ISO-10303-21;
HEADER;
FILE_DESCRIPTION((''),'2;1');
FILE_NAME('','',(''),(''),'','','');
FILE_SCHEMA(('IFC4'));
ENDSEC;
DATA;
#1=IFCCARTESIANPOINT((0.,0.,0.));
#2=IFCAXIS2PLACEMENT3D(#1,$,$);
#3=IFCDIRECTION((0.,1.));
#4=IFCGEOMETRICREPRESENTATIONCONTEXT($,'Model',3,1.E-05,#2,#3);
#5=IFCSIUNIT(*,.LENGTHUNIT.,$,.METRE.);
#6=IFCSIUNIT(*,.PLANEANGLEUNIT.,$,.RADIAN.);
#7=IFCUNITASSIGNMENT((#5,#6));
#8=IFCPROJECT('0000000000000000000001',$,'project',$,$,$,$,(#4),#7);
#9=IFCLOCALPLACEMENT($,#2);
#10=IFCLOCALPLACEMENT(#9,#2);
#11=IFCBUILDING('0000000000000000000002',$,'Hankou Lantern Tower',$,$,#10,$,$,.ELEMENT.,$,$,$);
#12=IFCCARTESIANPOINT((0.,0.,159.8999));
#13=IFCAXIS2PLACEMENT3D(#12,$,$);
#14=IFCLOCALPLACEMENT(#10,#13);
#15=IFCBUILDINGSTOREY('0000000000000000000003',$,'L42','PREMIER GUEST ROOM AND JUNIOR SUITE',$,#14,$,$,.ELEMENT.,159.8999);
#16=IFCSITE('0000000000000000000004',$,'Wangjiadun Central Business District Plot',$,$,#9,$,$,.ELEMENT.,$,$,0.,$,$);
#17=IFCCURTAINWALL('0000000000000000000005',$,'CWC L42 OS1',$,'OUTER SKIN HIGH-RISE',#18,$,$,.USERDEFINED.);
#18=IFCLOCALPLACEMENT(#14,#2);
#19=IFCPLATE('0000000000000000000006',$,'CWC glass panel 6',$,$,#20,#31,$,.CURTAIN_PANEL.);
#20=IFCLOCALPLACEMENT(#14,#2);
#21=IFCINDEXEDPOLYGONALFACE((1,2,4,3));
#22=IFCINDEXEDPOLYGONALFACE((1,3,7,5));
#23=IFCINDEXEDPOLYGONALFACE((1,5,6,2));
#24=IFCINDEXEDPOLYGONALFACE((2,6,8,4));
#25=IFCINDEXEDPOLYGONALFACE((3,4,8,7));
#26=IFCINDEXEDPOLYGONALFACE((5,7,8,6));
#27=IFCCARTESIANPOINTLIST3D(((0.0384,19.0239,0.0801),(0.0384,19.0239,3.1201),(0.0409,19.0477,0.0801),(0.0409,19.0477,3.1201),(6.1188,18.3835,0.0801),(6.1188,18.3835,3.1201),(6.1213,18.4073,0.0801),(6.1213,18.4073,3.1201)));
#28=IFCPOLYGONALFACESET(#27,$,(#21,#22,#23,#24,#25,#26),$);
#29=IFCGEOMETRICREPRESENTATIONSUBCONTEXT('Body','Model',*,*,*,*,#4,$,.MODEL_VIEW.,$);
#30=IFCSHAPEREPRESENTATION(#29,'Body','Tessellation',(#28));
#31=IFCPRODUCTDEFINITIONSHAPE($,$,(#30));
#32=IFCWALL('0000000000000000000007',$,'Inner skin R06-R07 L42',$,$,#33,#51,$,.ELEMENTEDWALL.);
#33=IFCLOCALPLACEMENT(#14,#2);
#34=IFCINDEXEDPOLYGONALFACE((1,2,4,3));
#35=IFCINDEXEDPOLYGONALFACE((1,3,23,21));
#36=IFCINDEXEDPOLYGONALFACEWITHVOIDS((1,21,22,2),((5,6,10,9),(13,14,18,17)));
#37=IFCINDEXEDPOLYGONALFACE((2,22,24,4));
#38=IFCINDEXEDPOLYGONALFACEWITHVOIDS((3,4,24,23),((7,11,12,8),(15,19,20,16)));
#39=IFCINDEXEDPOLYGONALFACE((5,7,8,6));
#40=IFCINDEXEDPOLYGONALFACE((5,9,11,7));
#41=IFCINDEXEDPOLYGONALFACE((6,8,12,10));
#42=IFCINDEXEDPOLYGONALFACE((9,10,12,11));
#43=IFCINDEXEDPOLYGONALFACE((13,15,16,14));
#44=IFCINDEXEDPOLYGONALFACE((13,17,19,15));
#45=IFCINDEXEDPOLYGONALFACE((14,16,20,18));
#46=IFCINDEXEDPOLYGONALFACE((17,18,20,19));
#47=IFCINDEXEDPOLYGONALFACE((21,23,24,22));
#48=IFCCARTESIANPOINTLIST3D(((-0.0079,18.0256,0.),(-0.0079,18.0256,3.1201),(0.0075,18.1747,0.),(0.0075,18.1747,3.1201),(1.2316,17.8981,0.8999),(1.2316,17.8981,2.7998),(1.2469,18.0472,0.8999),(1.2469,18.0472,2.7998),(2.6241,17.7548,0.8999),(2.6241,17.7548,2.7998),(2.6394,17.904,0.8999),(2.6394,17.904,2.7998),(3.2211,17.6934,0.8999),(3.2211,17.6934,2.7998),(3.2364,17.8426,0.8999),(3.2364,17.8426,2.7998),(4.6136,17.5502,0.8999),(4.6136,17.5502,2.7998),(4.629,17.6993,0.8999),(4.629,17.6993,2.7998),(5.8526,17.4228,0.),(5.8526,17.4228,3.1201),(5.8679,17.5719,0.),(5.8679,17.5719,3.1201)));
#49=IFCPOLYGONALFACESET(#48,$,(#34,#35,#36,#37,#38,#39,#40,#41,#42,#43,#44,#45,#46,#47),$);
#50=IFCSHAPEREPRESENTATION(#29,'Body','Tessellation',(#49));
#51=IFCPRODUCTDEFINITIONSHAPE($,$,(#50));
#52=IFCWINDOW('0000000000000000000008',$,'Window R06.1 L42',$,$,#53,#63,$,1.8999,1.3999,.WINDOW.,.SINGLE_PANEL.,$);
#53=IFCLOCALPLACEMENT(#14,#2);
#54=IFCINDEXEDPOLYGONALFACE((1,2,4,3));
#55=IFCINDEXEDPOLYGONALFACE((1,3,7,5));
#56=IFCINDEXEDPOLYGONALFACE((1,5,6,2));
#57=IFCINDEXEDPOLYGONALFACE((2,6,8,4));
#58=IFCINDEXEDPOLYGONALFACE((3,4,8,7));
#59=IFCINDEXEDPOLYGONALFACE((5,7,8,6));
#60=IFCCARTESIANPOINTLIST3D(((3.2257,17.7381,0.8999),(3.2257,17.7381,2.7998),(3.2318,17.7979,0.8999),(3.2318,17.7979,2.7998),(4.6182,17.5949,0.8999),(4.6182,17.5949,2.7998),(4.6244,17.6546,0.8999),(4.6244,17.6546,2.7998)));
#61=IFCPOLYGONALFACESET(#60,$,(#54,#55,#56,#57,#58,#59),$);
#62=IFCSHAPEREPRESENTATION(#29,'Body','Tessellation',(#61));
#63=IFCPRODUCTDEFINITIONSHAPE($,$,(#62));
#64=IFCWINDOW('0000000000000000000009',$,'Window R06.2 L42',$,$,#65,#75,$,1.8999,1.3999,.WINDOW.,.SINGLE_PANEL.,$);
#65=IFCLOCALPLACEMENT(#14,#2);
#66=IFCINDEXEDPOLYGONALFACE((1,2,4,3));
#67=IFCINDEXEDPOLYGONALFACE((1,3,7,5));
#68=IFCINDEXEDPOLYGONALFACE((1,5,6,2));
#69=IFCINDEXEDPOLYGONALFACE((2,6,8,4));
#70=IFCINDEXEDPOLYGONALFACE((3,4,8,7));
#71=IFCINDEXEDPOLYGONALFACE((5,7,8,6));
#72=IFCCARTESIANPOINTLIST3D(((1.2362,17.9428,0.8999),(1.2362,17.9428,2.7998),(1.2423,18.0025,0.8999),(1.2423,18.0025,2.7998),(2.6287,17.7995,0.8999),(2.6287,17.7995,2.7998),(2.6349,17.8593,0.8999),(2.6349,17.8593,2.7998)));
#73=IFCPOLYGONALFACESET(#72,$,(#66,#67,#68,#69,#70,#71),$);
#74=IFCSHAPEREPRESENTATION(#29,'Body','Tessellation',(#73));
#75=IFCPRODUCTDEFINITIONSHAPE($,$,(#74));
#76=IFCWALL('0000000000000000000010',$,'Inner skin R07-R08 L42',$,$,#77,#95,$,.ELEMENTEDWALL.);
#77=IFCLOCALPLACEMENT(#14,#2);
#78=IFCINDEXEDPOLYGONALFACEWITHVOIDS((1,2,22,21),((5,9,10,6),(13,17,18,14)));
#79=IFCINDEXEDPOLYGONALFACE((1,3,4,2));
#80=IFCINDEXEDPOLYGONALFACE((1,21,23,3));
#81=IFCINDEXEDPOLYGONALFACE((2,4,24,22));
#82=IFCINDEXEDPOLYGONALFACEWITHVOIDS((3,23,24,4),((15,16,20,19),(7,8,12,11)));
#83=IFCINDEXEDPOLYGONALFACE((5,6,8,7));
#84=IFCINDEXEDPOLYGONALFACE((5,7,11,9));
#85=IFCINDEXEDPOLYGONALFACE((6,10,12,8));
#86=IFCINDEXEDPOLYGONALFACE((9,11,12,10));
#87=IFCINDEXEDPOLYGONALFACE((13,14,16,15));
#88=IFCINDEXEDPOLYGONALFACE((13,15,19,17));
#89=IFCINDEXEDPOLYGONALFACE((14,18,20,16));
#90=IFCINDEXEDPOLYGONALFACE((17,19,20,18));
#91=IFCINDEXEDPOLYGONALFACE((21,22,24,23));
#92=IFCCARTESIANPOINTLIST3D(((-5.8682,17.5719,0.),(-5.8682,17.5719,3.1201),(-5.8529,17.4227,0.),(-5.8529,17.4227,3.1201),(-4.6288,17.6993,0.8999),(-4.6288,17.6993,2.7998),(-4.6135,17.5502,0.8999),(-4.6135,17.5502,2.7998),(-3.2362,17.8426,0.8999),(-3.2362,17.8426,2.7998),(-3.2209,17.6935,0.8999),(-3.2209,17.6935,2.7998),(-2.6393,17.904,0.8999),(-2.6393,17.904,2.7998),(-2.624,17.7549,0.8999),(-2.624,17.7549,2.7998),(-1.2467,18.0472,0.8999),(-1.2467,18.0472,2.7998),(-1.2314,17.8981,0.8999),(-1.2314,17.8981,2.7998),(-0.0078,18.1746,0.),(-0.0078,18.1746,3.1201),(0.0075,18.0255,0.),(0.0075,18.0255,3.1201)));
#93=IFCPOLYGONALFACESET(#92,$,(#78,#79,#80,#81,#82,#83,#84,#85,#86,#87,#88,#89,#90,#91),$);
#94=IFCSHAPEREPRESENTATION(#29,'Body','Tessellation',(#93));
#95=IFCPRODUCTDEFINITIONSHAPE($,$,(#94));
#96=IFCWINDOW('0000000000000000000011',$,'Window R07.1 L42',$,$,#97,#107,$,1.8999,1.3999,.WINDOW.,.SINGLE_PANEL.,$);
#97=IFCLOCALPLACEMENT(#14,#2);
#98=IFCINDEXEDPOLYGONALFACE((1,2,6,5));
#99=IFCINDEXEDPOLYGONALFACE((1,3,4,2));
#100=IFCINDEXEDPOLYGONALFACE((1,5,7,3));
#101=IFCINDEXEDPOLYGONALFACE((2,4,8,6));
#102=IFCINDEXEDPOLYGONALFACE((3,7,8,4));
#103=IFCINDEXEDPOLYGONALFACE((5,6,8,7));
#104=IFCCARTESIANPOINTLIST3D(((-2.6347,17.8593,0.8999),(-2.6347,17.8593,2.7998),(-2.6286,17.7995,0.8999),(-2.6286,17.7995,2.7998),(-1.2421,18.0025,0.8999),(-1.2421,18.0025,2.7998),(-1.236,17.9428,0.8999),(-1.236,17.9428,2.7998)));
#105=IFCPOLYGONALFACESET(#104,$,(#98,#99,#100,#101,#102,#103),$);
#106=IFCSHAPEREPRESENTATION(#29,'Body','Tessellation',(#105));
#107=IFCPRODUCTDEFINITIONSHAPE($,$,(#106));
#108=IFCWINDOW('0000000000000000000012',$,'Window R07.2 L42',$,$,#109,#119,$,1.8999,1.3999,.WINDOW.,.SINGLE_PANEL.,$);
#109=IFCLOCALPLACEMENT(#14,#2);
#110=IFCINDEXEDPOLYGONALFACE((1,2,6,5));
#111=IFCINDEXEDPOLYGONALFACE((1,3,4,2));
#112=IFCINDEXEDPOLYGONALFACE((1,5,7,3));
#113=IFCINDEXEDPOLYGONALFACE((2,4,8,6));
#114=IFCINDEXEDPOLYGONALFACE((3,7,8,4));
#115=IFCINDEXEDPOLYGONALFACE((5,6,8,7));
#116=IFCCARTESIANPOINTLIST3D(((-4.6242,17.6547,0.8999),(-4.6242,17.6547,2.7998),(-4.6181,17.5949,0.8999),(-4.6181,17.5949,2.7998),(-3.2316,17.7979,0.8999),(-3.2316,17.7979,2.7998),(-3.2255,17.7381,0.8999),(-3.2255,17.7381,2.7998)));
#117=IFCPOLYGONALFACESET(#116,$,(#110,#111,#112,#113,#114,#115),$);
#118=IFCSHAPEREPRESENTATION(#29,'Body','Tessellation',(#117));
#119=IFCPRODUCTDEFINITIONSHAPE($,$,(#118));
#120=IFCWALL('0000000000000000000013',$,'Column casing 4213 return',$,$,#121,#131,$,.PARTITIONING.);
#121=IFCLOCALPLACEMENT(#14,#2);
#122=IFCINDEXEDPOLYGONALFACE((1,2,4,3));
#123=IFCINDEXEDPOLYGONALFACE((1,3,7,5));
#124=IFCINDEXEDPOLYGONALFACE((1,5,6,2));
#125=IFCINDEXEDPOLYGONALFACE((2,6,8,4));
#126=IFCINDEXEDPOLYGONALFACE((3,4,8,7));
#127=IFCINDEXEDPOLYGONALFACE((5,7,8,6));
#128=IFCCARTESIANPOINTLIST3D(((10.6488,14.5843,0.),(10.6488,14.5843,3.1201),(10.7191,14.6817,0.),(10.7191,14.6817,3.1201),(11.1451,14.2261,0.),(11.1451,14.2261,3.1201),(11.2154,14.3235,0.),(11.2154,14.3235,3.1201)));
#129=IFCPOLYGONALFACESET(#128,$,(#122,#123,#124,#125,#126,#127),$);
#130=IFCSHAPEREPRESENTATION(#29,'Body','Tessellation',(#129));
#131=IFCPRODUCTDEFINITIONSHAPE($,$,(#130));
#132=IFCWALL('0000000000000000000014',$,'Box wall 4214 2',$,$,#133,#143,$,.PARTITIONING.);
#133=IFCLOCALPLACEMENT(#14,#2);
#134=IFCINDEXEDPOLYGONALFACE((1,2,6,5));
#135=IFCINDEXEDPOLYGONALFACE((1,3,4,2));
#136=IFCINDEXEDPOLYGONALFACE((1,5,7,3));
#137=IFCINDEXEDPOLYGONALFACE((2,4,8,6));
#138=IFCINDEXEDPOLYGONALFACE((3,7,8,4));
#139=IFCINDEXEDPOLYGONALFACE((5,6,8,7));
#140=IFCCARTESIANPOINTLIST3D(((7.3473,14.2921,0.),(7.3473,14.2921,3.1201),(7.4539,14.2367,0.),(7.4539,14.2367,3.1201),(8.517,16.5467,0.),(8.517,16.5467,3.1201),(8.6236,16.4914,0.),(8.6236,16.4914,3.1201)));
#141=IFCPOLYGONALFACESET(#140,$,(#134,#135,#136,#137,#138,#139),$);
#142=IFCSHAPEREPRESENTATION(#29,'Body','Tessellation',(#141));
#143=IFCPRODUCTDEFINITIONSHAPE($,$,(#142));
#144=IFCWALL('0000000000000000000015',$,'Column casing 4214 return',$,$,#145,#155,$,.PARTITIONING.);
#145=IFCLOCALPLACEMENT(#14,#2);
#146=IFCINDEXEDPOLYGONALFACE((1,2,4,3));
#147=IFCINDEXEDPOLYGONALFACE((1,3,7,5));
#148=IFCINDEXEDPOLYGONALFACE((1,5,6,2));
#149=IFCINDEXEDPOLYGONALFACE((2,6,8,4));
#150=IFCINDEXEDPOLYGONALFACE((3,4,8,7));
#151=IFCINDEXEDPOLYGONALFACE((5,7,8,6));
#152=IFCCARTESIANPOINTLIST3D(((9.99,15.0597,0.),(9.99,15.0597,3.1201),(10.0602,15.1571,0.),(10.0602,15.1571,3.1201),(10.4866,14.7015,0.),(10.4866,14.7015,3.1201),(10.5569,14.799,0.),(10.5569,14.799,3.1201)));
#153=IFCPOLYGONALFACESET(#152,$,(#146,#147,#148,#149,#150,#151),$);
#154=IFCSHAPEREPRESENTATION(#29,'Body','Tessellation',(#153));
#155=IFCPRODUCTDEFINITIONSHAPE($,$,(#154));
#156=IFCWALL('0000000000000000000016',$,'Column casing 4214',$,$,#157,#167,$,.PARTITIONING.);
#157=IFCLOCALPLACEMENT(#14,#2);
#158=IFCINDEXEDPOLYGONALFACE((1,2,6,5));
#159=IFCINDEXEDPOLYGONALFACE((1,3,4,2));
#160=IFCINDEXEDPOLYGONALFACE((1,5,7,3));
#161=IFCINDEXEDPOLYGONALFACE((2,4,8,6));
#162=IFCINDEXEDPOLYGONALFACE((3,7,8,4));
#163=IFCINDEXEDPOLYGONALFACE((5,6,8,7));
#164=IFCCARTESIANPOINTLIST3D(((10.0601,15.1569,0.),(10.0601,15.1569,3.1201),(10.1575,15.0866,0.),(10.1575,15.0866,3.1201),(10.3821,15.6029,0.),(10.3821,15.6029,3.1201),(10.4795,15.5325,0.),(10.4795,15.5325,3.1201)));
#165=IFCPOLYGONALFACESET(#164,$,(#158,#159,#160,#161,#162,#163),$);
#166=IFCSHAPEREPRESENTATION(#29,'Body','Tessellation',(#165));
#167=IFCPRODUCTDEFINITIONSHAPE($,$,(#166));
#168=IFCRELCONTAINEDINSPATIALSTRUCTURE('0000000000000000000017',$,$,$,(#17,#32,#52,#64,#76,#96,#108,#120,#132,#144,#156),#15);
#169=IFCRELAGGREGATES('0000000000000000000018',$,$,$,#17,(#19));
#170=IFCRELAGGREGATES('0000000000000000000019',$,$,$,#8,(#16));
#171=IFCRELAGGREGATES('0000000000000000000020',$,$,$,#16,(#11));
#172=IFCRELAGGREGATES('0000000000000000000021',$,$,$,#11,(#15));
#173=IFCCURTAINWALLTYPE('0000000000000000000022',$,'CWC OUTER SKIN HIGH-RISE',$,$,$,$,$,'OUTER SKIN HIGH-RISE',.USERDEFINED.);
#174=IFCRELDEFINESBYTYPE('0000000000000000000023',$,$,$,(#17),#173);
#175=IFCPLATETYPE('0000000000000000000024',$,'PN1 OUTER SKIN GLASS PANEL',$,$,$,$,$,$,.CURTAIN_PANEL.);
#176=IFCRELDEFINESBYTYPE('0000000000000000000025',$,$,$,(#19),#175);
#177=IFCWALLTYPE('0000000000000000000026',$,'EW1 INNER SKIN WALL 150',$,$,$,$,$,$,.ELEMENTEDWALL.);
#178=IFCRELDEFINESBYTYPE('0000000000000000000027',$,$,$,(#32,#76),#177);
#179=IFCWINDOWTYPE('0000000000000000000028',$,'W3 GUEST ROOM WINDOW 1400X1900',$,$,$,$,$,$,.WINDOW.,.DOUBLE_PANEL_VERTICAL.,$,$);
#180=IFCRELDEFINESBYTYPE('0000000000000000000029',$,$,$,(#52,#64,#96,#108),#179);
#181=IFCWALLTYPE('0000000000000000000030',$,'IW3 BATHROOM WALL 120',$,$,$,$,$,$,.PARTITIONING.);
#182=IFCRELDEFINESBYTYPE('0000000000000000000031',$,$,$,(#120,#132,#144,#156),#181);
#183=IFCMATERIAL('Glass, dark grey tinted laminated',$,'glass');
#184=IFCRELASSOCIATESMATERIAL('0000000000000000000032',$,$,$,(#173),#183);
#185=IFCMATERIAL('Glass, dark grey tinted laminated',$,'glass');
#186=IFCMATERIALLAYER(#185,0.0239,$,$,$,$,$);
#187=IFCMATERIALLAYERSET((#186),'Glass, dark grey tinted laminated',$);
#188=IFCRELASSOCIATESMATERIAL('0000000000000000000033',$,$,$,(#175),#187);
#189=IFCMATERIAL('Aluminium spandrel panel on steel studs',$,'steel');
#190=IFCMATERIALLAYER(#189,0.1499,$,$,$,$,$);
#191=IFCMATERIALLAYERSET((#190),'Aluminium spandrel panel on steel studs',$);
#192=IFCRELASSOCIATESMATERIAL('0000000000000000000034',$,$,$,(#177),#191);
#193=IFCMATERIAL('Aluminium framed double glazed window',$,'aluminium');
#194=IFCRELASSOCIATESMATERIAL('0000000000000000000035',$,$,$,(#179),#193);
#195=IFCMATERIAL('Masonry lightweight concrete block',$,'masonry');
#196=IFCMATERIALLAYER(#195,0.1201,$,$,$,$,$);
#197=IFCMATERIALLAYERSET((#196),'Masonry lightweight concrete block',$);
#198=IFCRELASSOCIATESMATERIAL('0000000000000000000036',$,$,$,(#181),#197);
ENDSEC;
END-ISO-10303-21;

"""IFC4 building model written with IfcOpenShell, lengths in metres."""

from ifc_helpers import new_model, si_unit, direction, frame, frame_2d, origin, origin_2d, place, context, subcontext, project, spatial, rectangle, extrude, material, layer, layer_set, type_object, element, fill, aggregate, save


model = new_model("IFC4")

# Units and contexts
model_context = context("Model", 3, precision=1e-05, world=origin(), true_north=direction((0.0, 1.0)))
body_context = subcontext(model_context, "Body", "Model", "MODEL_VIEW")
ifc_project = project(units=[si_unit("LENGTHUNIT", "METRE"), si_unit("PLANEANGLEUNIT", "RADIAN")], contexts=[model_context])

# Site, building, storey
site_placement = place(None, origin())
site = spatial("IfcSite", under=ifc_project, at=site_placement, Name="Wangjiadun Central Business District Plot", CompositionType="ELEMENT", RefElevation=0.0)
building_placement = place(site_placement, origin())
building = spatial("IfcBuilding", under=site, at=building_placement, Name="Hankou Lantern Tower", CompositionType="ELEMENT")
storey_placement = place(building_placement, frame((0.0, 0.0, 159.8999)))
storey = spatial("IfcBuildingStorey", under=building, at=storey_placement, Name="L42", Description="PREMIER GUEST ROOM AND JUNIOR SUITE", CompositionType="ELEMENT", Elevation=159.8999)

# Curtain wall
ifc_material_1 = material(Name="Glass, dark grey tinted laminated", Category="glass")
curtain_wall_type = type_object("IfcCurtainWallType", Name="CWC OUTER SKIN HIGH-RISE", ElementType="OUTER SKIN HIGH-RISE", PredefinedType="USERDEFINED", material=ifc_material_1)
curtain_wall_1_placement = place(storey_placement, origin())
curtain_wall_1 = element("IfcCurtainWall", 1, at=curtain_wall_1_placement, inside=storey, type_object=curtain_wall_type, Name="CWC L42 OS1", ObjectType="OUTER SKIN HIGH-RISE", PredefinedType="USERDEFINED")

# Plate
ifc_material_2 = material(Name="Glass, dark grey tinted laminated", Category="glass")
ifc_layer_1 = layer(ifc_material_2, 0.0239)
ifc_layer_set_1 = layer_set([ifc_layer_1], Name="Glass, dark grey tinted laminated")
plate_type = type_object("IfcPlateType", Name="PN1 OUTER SKIN GLASS PANEL", PredefinedType="CURTAIN_PANEL", material=ifc_layer_set_1)
plate_1_placement = place(storey_placement, frame((3.0798, 18.7156, 0.0801), z_axis=(0.0, 0.0, 1.0), x_axis=(-0.994499, 0.104743, 0.0)))
plate_1 = element("IfcPlate", 2, at=plate_1_placement, type_object=plate_type, Name="CWC glass panel 6", PredefinedType="CURTAIN_PANEL", context=body_context, shape_type="SweptSolid", body=[
    extrude(rectangle(XDim=6.114, YDim=0.0239, at=origin_2d()), origin(), (0.0, 0.0, 1.0), 3.04),
])
aggregate(curtain_wall_1, [plate_1])

# Walls, openings, windows
ifc_material_3 = material(Name="Aluminium spandrel panel on steel studs", Category="steel")
ifc_layer_2 = layer(ifc_material_3, 0.1499)
ifc_layer_set_2 = layer_set([ifc_layer_2], Name="Aluminium spandrel panel on steel studs")
wall_type_1 = type_object("IfcWallType", Name="EW1 INNER SKIN WALL 150", PredefinedType="ELEMENTEDWALL", material=ifc_layer_set_2)
wall_1_placement = place(storey_placement, frame((5.8604, 17.4973, 0.0), z_axis=(0.0, 0.0, 1.0), x_axis=(-0.994752, 0.102318, 0.0)))
wall_1 = element("IfcWall", 3, at=wall_1_placement, inside=storey, type_object=wall_type_1, Name="Inner skin R06-R07 L42", PredefinedType="ELEMENTEDWALL", context=body_context, shape_type="SweptSolid", body=[
    extrude(rectangle(XDim=5.8914, YDim=0.1499, at=frame_2d((2.9458, 0.0))), origin(), (0.0, 0.0, 1.0), 3.1201),
])
opening_1_placement = place(wall_1_placement, frame((1.2456, 0.0, 0.8999)))
opening_1 = element("IfcOpeningElement", 4, at=opening_1_placement, cuts=wall_1, PredefinedType="OPENING", context=body_context, shape_type="SweptSolid", body=[
    extrude(rectangle(XDim=1.3999, YDim=1.8999, at=frame_2d((0.7, 0.95))), frame((0.0, 0.085, 0.0), z_axis=(0.0, -1.0, 0.0), x_axis=(1.0, 0.0, 0.0)), (0.0, 0.0, 1.0), 0.1699),
])
opening_2_placement = place(wall_1_placement, frame((3.2456, 0.0, 0.8999)))
opening_2 = element("IfcOpeningElement", 5, at=opening_2_placement, cuts=wall_1, PredefinedType="OPENING", context=body_context, shape_type="SweptSolid", body=[
    extrude(rectangle(XDim=1.3999, YDim=1.8999, at=frame_2d((0.7, 0.95))), frame((0.0, 0.085, 0.0), z_axis=(0.0, -1.0, 0.0), x_axis=(1.0, 0.0, 0.0)), (0.0, 0.0, 1.0), 0.1699),
])
ifc_material_4 = material(Name="Aluminium framed double glazed window", Category="aluminium")
window_type = type_object("IfcWindowType", Name="W3 GUEST ROOM WINDOW 1400X1900", PartitioningType="DOUBLE_PANEL_VERTICAL", PredefinedType="WINDOW", material=ifc_material_4)
window_1_placement = place(opening_1_placement, origin())
window_1 = element("IfcWindow", 6, at=window_1_placement, inside=storey, type_object=window_type, Name="Window R06.1 L42", OverallHeight=1.8999, OverallWidth=1.3999, PartitioningType="SINGLE_PANEL", PredefinedType="WINDOW", context=body_context, shape_type="SweptSolid", body=[
    extrude(rectangle(XDim=1.3999, YDim=1.8999, at=frame_2d((0.7, 0.95))), frame((0.0, 0.03, 0.0), z_axis=(0.0, -1.0, 0.0), x_axis=(1.0, 0.0, 0.0)), (0.0, 0.0, 1.0), 0.0601),
])
fill(opening_1, window_1)
window_2_placement = place(opening_2_placement, origin())
window_2 = element("IfcWindow", 7, at=window_2_placement, inside=storey, type_object=window_type, Name="Window R06.2 L42", OverallHeight=1.8999, OverallWidth=1.3999, PartitioningType="SINGLE_PANEL", PredefinedType="WINDOW", context=body_context, shape_type="SweptSolid", body=[
    extrude(rectangle(XDim=1.3999, YDim=1.8999, at=frame_2d((0.7, 0.95))), frame((0.0, 0.03, 0.0), z_axis=(0.0, -1.0, 0.0), x_axis=(1.0, 0.0, 0.0)), (0.0, 0.0, 1.0), 0.0601),
])
fill(opening_2, window_2)
wall_2_placement = place(storey_placement, frame((0.0, 18.1001, 0.0), z_axis=(0.0, 0.0, 1.0), x_axis=(-0.994752, -0.102318, 0.0)))
wall_2 = element("IfcWall", 8, at=wall_2_placement, inside=storey, type_object=wall_type_1, Name="Inner skin R07-R08 L42", PredefinedType="ELEMENTEDWALL", context=body_context, shape_type="SweptSolid", body=[
    extrude(rectangle(XDim=5.8914, YDim=0.1499, at=frame_2d((2.9458, 0.0))), origin(), (0.0, 0.0, 1.0), 3.1201),
])
opening_3_placement = place(wall_2_placement, frame((1.2456, 0.0, 0.8999)))
opening_3 = element("IfcOpeningElement", 9, at=opening_3_placement, cuts=wall_2, PredefinedType="OPENING", context=body_context, shape_type="SweptSolid", body=[
    extrude(rectangle(XDim=1.3999, YDim=1.8999, at=frame_2d((0.7, 0.95))), frame((0.0, 0.085, 0.0), z_axis=(0.0, -1.0, 0.0), x_axis=(1.0, 0.0, 0.0)), (0.0, 0.0, 1.0), 0.1699),
])
opening_4_placement = place(wall_2_placement, frame((3.2456, 0.0, 0.8999)))
opening_4 = element("IfcOpeningElement", 10, at=opening_4_placement, cuts=wall_2, PredefinedType="OPENING", context=body_context, shape_type="SweptSolid", body=[
    extrude(rectangle(XDim=1.3999, YDim=1.8999, at=frame_2d((0.7, 0.95))), frame((0.0, 0.085, 0.0), z_axis=(0.0, -1.0, 0.0), x_axis=(1.0, 0.0, 0.0)), (0.0, 0.0, 1.0), 0.1699),
])
window_3_placement = place(opening_3_placement, origin())
window_3 = element("IfcWindow", 11, at=window_3_placement, inside=storey, type_object=window_type, Name="Window R07.1 L42", OverallHeight=1.8999, OverallWidth=1.3999, PartitioningType="SINGLE_PANEL", PredefinedType="WINDOW", context=body_context, shape_type="SweptSolid", body=[
    extrude(rectangle(XDim=1.3999, YDim=1.8999, at=frame_2d((0.7, 0.95))), frame((0.0, 0.03, 0.0), z_axis=(0.0, -1.0, 0.0), x_axis=(1.0, 0.0, 0.0)), (0.0, 0.0, 1.0), 0.0601),
])
fill(opening_3, window_3)
window_4_placement = place(opening_4_placement, origin())
window_4 = element("IfcWindow", 12, at=window_4_placement, inside=storey, type_object=window_type, Name="Window R07.2 L42", OverallHeight=1.8999, OverallWidth=1.3999, PartitioningType="SINGLE_PANEL", PredefinedType="WINDOW", context=body_context, shape_type="SweptSolid", body=[
    extrude(rectangle(XDim=1.3999, YDim=1.8999, at=frame_2d((0.7, 0.95))), frame((0.0, 0.03, 0.0), z_axis=(0.0, -1.0, 0.0), x_axis=(1.0, 0.0, 0.0)), (0.0, 0.0, 1.0), 0.0601),
])
fill(opening_4, window_4)

# Walls
ifc_material_5 = material(Name="Masonry lightweight concrete block", Category="masonry")
ifc_layer_3 = layer(ifc_material_5, 0.1201)
ifc_layer_set_3 = layer_set([ifc_layer_3], Name="Masonry lightweight concrete block")
wall_type_2 = type_object("IfcWallType", Name="IW3 BATHROOM WALL 120", PredefinedType="PARTITIONING", material=ifc_layer_set_3)
wall_3_placement = place(storey_placement, frame((10.6838, 14.6331, 0.0), z_axis=(0.0, 0.0, 1.0), x_axis=(0.810921, -0.585156, 0.0)))
element("IfcWall", 13, at=wall_3_placement, inside=storey, type_object=wall_type_2, Name="Column casing 4213 return", PredefinedType="PARTITIONING", context=body_context, shape_type="SweptSolid", body=[
    extrude(rectangle(XDim=0.6121, YDim=0.1201, at=frame_2d((0.3062, 0.0))), origin(), (0.0, 0.0, 1.0), 3.1201),
])
wall_4_placement = place(storey_placement, frame((7.4006, 14.2644, 0.0), z_axis=(0.0, 0.0, 1.0), x_axis=(0.460505, 0.887657, 0.0)))
element("IfcWall", 14, at=wall_4_placement, inside=storey, type_object=wall_type_2, Name="Box wall 4214 2", PredefinedType="PARTITIONING", context=body_context, shape_type="SweptSolid", body=[
    extrude(rectangle(XDim=2.54, YDim=0.1201, at=frame_2d((1.27, 0.0))), origin(), (0.0, 0.0, 1.0), 3.1201),
])
wall_5_placement = place(storey_placement, frame((10.5217, 14.7502, 0.0), z_axis=(0.0, 0.0, 1.0), x_axis=(-0.811058, 0.584966, 0.0)))
element("IfcWall", 15, at=wall_5_placement, inside=storey, type_object=wall_type_2, Name="Column casing 4214 return", PredefinedType="PARTITIONING", context=body_context, shape_type="SweptSolid", body=[
    extrude(rectangle(XDim=0.6123, YDim=0.1201, at=frame_2d((0.3062, 0.0))), origin(), (0.0, 0.0, 1.0), 3.1201),
])
wall_6_placement = place(storey_placement, frame((10.1089, 15.1218, 0.0), z_axis=(0.0, 0.0, 1.0), x_axis=(0.585345, 0.810785, 0.0)))
element("IfcWall", 16, at=wall_6_placement, inside=storey, type_object=wall_type_2, Name="Column casing 4214", PredefinedType="PARTITIONING", context=body_context, shape_type="SweptSolid", body=[
    extrude(rectangle(XDim=0.55, YDim=0.1201, at=frame_2d((0.2749, 0.0))), origin(), (0.0, 0.0, 1.0), 3.1201),
])

save(model, "model.ifc")
